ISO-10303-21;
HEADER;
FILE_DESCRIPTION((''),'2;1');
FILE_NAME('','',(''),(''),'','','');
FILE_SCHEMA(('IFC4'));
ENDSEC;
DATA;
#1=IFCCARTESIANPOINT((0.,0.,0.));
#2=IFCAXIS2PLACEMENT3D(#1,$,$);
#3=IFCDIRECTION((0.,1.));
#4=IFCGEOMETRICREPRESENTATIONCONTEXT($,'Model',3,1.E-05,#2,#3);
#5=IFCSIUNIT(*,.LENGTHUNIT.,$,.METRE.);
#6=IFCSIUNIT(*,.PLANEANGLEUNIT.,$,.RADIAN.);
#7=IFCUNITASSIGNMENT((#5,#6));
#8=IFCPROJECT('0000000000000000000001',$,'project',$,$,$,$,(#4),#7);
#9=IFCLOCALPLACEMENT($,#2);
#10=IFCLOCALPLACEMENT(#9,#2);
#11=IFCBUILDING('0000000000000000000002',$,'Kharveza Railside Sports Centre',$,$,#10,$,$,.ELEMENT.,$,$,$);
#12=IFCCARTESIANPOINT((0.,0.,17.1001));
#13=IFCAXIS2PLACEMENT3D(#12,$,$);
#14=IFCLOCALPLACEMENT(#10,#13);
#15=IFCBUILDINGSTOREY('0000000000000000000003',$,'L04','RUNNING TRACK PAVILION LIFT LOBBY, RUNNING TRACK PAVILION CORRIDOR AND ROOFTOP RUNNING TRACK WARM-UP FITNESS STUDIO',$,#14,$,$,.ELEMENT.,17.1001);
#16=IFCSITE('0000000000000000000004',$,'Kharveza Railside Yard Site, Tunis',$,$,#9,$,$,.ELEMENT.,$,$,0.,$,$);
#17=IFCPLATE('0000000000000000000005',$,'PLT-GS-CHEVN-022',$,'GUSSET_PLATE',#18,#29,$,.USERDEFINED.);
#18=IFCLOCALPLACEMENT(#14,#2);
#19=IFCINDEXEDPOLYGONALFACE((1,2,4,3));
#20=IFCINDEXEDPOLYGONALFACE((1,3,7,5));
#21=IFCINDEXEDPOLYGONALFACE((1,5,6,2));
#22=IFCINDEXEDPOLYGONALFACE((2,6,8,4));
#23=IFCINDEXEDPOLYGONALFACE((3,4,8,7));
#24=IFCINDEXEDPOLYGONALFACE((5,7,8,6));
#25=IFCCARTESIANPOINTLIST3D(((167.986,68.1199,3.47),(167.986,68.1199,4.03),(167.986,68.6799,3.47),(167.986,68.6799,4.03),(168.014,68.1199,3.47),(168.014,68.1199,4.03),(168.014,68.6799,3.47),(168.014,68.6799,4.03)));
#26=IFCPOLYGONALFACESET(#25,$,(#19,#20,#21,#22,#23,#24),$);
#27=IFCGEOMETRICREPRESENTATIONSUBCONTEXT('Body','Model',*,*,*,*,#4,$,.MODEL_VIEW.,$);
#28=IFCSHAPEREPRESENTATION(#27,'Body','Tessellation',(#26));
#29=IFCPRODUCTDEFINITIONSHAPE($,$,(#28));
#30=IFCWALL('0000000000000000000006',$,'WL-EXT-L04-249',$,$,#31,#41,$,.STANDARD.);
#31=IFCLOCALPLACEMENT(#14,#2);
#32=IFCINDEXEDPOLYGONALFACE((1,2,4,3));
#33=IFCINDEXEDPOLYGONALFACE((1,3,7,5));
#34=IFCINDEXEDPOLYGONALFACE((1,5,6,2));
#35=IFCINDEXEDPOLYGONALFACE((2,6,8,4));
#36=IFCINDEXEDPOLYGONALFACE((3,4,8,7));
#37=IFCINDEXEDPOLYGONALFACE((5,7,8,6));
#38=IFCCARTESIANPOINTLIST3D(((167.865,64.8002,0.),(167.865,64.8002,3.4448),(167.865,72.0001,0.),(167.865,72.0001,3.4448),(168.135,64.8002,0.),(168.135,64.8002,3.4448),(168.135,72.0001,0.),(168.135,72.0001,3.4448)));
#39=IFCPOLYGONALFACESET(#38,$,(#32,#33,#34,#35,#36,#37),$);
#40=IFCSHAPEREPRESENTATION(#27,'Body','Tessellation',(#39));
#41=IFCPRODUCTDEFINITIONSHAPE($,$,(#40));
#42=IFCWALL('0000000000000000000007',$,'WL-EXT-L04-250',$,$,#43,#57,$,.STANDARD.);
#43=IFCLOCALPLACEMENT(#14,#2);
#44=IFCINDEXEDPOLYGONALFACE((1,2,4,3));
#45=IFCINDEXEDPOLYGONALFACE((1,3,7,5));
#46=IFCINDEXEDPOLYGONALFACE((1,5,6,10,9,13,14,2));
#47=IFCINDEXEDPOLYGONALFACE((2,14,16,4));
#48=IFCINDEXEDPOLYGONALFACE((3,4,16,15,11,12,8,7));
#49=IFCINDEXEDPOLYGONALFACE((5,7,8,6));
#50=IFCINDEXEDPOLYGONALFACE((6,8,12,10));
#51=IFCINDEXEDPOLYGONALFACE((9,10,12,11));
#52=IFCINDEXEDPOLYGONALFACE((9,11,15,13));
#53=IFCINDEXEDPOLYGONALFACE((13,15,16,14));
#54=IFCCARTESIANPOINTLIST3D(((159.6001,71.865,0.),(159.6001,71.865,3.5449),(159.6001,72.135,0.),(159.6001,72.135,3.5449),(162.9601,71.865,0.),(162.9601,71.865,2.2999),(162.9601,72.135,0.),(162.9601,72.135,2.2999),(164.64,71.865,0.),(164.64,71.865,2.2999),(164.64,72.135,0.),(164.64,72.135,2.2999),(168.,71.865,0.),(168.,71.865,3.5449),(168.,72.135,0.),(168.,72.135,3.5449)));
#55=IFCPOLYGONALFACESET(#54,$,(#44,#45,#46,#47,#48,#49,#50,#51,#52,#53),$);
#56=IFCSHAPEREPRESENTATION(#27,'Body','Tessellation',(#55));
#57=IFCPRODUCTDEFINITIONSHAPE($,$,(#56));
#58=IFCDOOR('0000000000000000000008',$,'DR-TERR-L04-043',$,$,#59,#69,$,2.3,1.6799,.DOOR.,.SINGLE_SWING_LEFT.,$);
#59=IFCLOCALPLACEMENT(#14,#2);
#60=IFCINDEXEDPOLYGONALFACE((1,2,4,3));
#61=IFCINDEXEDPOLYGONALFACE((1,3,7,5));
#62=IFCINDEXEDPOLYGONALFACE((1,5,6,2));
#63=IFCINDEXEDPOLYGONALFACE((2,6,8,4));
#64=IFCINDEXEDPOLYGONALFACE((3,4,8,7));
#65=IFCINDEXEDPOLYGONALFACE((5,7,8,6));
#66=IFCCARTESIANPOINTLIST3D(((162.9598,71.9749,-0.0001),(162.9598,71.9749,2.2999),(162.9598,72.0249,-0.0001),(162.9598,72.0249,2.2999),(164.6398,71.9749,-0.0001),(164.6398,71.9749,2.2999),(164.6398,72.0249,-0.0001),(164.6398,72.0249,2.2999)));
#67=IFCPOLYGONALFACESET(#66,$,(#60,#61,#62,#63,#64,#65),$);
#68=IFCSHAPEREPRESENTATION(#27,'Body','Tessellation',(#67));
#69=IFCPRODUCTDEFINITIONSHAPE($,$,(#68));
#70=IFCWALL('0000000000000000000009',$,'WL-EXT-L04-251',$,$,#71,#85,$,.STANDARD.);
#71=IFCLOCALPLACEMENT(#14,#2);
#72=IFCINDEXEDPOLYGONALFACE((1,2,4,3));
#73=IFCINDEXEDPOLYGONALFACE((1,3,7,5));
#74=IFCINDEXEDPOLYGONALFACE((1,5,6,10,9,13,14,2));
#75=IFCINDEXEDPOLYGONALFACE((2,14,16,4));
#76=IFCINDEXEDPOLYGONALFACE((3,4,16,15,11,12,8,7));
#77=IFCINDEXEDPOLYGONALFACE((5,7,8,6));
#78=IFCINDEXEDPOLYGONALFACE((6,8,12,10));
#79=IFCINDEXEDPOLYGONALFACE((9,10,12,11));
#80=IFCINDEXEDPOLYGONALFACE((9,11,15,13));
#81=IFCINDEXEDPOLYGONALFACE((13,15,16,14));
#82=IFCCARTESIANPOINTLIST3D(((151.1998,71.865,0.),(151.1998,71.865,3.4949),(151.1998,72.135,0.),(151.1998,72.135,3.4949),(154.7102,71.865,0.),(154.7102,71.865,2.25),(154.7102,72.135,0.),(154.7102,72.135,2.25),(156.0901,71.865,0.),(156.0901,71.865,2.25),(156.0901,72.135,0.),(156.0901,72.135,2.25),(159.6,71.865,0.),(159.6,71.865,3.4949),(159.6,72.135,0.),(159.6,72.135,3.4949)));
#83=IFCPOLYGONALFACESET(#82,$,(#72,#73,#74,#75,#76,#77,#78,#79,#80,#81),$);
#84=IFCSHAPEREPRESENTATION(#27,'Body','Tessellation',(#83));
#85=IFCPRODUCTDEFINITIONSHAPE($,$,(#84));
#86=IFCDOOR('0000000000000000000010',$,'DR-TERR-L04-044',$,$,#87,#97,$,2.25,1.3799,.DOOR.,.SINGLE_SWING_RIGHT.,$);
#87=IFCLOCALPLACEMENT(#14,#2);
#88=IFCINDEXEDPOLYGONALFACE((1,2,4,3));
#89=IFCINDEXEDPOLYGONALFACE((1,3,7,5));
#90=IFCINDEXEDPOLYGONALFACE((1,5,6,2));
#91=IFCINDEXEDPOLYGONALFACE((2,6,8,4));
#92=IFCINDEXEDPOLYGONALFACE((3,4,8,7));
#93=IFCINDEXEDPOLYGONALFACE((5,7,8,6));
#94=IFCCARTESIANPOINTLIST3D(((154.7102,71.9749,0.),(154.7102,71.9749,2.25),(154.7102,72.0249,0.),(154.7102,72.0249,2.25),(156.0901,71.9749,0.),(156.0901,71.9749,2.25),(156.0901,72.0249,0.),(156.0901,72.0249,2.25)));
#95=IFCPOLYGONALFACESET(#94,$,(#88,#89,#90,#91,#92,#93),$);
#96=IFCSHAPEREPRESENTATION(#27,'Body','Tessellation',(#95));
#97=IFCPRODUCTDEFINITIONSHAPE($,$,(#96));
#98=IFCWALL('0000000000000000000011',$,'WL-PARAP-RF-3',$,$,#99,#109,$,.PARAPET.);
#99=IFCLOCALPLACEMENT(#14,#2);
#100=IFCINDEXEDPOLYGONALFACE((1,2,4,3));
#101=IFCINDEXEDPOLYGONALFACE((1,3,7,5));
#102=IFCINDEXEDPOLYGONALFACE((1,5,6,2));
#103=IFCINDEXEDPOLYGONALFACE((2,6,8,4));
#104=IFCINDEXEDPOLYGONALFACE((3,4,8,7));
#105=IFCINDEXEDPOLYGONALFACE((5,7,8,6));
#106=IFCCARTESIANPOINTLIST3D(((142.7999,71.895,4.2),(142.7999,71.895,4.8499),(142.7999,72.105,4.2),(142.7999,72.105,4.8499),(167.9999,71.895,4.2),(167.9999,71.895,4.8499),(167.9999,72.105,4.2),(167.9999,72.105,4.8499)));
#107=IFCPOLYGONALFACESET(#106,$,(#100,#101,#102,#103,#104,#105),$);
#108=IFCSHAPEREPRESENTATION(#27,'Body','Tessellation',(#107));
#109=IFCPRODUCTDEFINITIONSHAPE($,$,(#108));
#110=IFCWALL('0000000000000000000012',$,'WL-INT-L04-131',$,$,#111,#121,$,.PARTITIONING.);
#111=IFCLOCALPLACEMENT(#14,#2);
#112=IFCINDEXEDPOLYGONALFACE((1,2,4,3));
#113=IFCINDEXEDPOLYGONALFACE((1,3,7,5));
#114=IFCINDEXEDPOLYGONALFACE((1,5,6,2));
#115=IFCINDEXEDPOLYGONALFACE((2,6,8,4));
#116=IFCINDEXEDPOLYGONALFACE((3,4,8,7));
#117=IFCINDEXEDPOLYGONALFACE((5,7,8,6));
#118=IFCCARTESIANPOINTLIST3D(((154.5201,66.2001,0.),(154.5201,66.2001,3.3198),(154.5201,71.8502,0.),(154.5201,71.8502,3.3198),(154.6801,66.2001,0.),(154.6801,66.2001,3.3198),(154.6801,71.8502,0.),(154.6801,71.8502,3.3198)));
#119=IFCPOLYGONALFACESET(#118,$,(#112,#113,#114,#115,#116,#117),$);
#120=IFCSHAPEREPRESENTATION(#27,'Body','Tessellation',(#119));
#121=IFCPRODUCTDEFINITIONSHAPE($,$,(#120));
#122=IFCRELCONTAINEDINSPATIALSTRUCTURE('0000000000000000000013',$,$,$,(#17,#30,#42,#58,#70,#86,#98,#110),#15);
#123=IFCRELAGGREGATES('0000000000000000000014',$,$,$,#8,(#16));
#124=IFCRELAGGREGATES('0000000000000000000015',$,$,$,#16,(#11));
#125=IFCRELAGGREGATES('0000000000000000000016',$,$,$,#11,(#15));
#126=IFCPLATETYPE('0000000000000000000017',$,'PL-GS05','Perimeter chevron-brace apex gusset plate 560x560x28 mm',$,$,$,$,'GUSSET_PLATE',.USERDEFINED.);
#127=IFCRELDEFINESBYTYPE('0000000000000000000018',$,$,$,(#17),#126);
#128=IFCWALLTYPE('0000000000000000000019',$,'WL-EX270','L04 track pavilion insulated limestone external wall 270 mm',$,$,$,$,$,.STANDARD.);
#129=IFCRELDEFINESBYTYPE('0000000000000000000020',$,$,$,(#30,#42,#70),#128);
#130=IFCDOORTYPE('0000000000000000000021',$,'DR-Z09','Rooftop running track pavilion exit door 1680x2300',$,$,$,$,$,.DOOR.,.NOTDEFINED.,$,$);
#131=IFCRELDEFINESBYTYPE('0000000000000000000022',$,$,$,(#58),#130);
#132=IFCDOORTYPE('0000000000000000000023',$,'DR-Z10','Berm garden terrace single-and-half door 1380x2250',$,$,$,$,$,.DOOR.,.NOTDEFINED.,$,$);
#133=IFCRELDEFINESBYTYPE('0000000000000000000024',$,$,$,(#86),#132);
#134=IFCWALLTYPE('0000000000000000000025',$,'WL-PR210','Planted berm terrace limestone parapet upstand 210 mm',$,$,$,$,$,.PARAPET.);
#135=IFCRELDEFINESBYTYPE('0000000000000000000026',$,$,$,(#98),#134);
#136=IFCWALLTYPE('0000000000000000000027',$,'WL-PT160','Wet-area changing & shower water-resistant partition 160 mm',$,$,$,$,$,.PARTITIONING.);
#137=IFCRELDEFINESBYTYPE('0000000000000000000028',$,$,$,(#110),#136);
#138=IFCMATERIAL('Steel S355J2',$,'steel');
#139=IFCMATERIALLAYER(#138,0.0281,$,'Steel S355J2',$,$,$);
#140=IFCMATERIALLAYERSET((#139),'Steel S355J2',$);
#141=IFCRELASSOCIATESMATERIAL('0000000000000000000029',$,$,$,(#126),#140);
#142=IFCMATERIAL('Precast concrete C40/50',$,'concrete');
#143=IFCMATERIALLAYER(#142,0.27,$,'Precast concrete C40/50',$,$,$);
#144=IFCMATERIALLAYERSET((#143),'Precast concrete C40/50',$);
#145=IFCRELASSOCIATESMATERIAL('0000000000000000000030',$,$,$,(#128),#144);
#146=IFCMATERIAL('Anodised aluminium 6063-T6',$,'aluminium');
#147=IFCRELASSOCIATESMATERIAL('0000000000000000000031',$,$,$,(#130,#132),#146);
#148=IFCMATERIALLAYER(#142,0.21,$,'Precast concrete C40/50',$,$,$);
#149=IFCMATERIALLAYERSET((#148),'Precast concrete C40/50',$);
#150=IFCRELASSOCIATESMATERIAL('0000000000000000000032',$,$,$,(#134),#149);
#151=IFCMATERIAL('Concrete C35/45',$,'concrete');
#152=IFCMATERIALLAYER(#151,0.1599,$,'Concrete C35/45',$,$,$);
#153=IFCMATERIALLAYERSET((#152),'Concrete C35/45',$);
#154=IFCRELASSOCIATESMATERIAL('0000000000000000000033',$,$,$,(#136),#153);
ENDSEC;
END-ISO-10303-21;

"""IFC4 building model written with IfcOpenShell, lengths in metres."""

from ifc_helpers import new_model, si_unit, direction, frame, frame_2d, origin, origin_2d, place, context, subcontext, project, spatial, rectangle, extrude, material, layer, layer_set, type_object, element, fill, save


model = new_model("IFC4")

# Units and contexts
model_context = context("Model", 3, precision=1e-05, world=origin(), true_north=direction((0.0, 1.0)))
body_context = subcontext(model_context, "Body", "Model", "MODEL_VIEW")
ifc_project = project(units=[si_unit("LENGTHUNIT", "METRE"), si_unit("PLANEANGLEUNIT", "RADIAN")], contexts=[model_context])

# Site, building, storey
site_placement = place(None, origin())
site = spatial("IfcSite", under=ifc_project, at=site_placement, Name="Kharveza Railside Yard Site, Tunis", CompositionType="ELEMENT", RefElevation=0.0)
building_placement = place(site_placement, origin())
building = spatial("IfcBuilding", under=site, at=building_placement, Name="Kharveza Railside Sports Centre", CompositionType="ELEMENT")
storey_placement = place(building_placement, frame((0.0, 0.0, 17.1001)))
storey = spatial("IfcBuildingStorey", under=building, at=storey_placement, Name="L04", Description="RUNNING TRACK PAVILION LIFT LOBBY, RUNNING TRACK PAVILION CORRIDOR AND ROOFTOP RUNNING TRACK WARM-UP FITNESS STUDIO", CompositionType="ELEMENT", Elevation=17.1001)

# Shared definitions
ifc_material_1 = material(Name="Steel S355J2", Category="steel")

# Plate
ifc_layer_1 = layer(ifc_material_1, 0.0281, Name="Steel S355J2")
ifc_layer_set_1 = layer_set([ifc_layer_1], Name="Steel S355J2")
plate_type_1 = type_object("IfcPlateType", Name="PL-GS05", Description="Perimeter chevron-brace apex gusset plate 560x560x28 mm", ElementType="GUSSET_PLATE", PredefinedType="USERDEFINED", material=ifc_layer_set_1)
plate_placement = place(storey_placement, frame((168.0, 68.3999, 3.47), z_axis=(0.0, 0.0, 1.0), x_axis=(1.0, 0.0, 0.0)))
element("IfcPlate", 1, at=plate_placement, inside=storey, type_object=plate_type_1, Name="PLT-GS-CHEVN-022", ObjectType="GUSSET_PLATE", PredefinedType="USERDEFINED", context=body_context, shape_type="SweptSolid", body=[
    extrude(rectangle(XDim=0.0281, YDim=0.5601, at=origin_2d()), origin(), (0.0, 0.0, 1.0), 0.5601),
])

# Wall
ifc_material_2 = material(Name="Precast concrete C40/50", Category="concrete")
ifc_layer_2 = layer(ifc_material_2, 0.27, Name="Precast concrete C40/50")
ifc_layer_set_2 = layer_set([ifc_layer_2], Name="Precast concrete C40/50")
wall_type_1 = type_object("IfcWallType", Name="WL-EX270", Description="L04 track pavilion insulated limestone external wall 270 mm", PredefinedType="STANDARD", material=ifc_layer_set_2)
wall_1_placement = place(storey_placement, frame((168.0, 64.8, 0.0), z_axis=(0.0, 0.0, 1.0), x_axis=(0.0, 1.0, 0.0)))
element("IfcWall", 2, at=wall_1_placement, inside=storey, type_object=wall_type_1, Name="WL-EXT-L04-249", PredefinedType="STANDARD", context=body_context, shape_type="SweptSolid", body=[
    extrude(rectangle(XDim=7.2, YDim=0.27, at=frame_2d((3.6001, 0.0))), origin(), (0.0, 0.0, 1.0), 3.4448),
])

# Walls, openings, doors
wall_2_placement = place(storey_placement, frame((168.0, 72.0, 0.0), z_axis=(0.0, 0.0, 1.0), x_axis=(-1.0, 0.0, 0.0)))
wall_2 = element("IfcWall", 3, at=wall_2_placement, inside=storey, type_object=wall_type_1, Name="WL-EXT-L04-250", PredefinedType="STANDARD", context=body_context, shape_type="SweptSolid", body=[
    extrude(rectangle(XDim=8.3999, YDim=0.27, at=frame_2d((4.2, 0.0))), origin(), (0.0, 0.0, 1.0), 3.5449),
])
opening_1_placement = place(wall_2_placement, frame((3.3601, 0.0, 0.0)))
opening_1 = element("IfcOpeningElement", 4, at=opening_1_placement, cuts=wall_2, PredefinedType="OPENING", context=body_context, shape_type="SweptSolid", body=[
    extrude(rectangle(XDim=1.6799, YDim=2.3, at=frame_2d((0.8398, 1.1499))), frame((0.0, 0.1599, 0.0), z_axis=(0.0, -1.0, 0.0), x_axis=(1.0, 0.0, 0.0)), (0.0, 0.0, 1.0), 0.3198),
])
ifc_material_3 = material(Name="Anodised aluminium 6063-T6", Category="aluminium")
door_type_1 = type_object("IfcDoorType", Name="DR-Z09", Description="Rooftop running track pavilion exit door 1680x2300", OperationType="NOTDEFINED", PredefinedType="DOOR", material=ifc_material_3)
door_1_placement = place(opening_1_placement, frame((1.6799, 0.0, 0.0), z_axis=(0.0, 0.0, 1.0), x_axis=(-1.0, 0.0, 0.0)))
door_1 = element("IfcDoor", 5, at=door_1_placement, inside=storey, type_object=door_type_1, Name="DR-TERR-L04-043", OperationType="SINGLE_SWING_LEFT", OverallHeight=2.3, OverallWidth=1.6799, PredefinedType="DOOR", context=body_context, shape_type="SweptSolid", body=[
    extrude(rectangle(XDim=1.6799, YDim=2.3, at=frame_2d((0.8398, 1.1499))), frame((0.0, 0.0249, 0.0), z_axis=(0.0, -1.0, 0.0), x_axis=(1.0, 0.0, 0.0)), (0.0, 0.0, 1.0), 0.05),
])
fill(opening_1, door_1)
wall_3_placement = place(storey_placement, frame((159.6001, 72.0, 0.0), z_axis=(0.0, 0.0, 1.0), x_axis=(-1.0, 0.0, 0.0)))
wall_3 = element("IfcWall", 6, at=wall_3_placement, inside=storey, type_object=wall_type_1, Name="WL-EXT-L04-251", PredefinedType="STANDARD", context=body_context, shape_type="SweptSolid", body=[
    extrude(rectangle(XDim=8.4001, YDim=0.27, at=frame_2d((4.2002, 0.0))), origin(), (0.0, 0.0, 1.0), 3.4949),
])
opening_2_placement = place(wall_3_placement, frame((3.51, 0.0, 0.0)))
opening_2 = element("IfcOpeningElement", 7, at=opening_2_placement, cuts=wall_3, PredefinedType="OPENING", context=body_context, shape_type="SweptSolid", body=[
    extrude(rectangle(XDim=1.3799, YDim=2.25, at=frame_2d((0.6899, 1.125))), frame((0.0, 0.1599, 0.0), z_axis=(0.0, -1.0, 0.0), x_axis=(1.0, 0.0, 0.0)), (0.0, 0.0, 1.0), 0.3198),
])
door_type_2 = type_object("IfcDoorType", Name="DR-Z10", Description="Berm garden terrace single-and-half door 1380x2250", OperationType="NOTDEFINED", PredefinedType="DOOR", material=ifc_material_3)
door_2_placement = place(opening_2_placement, frame((1.3799, 0.0, 0.0), z_axis=(0.0, 0.0, 1.0), x_axis=(-1.0, 0.0, 0.0)))
door_2 = element("IfcDoor", 8, at=door_2_placement, inside=storey, type_object=door_type_2, Name="DR-TERR-L04-044", OperationType="SINGLE_SWING_RIGHT", OverallHeight=2.25, OverallWidth=1.3799, PredefinedType="DOOR", context=body_context, shape_type="SweptSolid", body=[
    extrude(rectangle(XDim=1.3799, YDim=2.25, at=frame_2d((0.6899, 1.125))), frame((0.0, 0.0249, 0.0), z_axis=(0.0, -1.0, 0.0), x_axis=(1.0, 0.0, 0.0)), (0.0, 0.0, 1.0), 0.05),
])
fill(opening_2, door_2)

# Walls
ifc_layer_3 = layer(ifc_material_2, 0.21, Name="Precast concrete C40/50")
ifc_layer_set_3 = layer_set([ifc_layer_3], Name="Precast concrete C40/50")
wall_type_2 = type_object("IfcWallType", Name="WL-PR210", Description="Planted berm terrace limestone parapet upstand 210 mm", PredefinedType="PARAPET", material=ifc_layer_set_3)
wall_4_placement = place(storey_placement, frame((168.0, 72.0, 4.2), z_axis=(0.0, 0.0, 1.0), x_axis=(-1.0, 0.0, 0.0)))
element("IfcWall", 9, at=wall_4_placement, inside=storey, type_object=wall_type_2, Name="WL-PARAP-RF-3", PredefinedType="PARAPET", context=body_context, shape_type="SweptSolid", body=[
    extrude(rectangle(XDim=25.2, YDim=0.21, at=frame_2d((12.6001, 0.0))), origin(), (0.0, 0.0, 1.0), 0.6499),
])
ifc_material_4 = material(Name="Concrete C35/45", Category="concrete")
ifc_layer_4 = layer(ifc_material_4, 0.1599, Name="Concrete C35/45")
ifc_layer_set_4 = layer_set([ifc_layer_4], Name="Concrete C35/45")
wall_type_3 = type_object("IfcWallType", Name="WL-PT160", Description="Wet-area changing & shower water-resistant partition 160 mm", PredefinedType="PARTITIONING", material=ifc_layer_set_4)
wall_5_placement = place(storey_placement, frame((154.6001, 66.2, 0.0), z_axis=(0.0, 0.0, 1.0), x_axis=(0.0, 1.0, 0.0)))
element("IfcWall", 10, at=wall_5_placement, inside=storey, type_object=wall_type_3, Name="WL-INT-L04-131", PredefinedType="PARTITIONING", context=body_context, shape_type="SweptSolid", body=[
    extrude(rectangle(XDim=5.6501, YDim=0.1599, at=frame_2d((2.8252, 0.0))), origin(), (0.0, 0.0, 1.0), 3.3198),
])

save(model, "model.ifc")
